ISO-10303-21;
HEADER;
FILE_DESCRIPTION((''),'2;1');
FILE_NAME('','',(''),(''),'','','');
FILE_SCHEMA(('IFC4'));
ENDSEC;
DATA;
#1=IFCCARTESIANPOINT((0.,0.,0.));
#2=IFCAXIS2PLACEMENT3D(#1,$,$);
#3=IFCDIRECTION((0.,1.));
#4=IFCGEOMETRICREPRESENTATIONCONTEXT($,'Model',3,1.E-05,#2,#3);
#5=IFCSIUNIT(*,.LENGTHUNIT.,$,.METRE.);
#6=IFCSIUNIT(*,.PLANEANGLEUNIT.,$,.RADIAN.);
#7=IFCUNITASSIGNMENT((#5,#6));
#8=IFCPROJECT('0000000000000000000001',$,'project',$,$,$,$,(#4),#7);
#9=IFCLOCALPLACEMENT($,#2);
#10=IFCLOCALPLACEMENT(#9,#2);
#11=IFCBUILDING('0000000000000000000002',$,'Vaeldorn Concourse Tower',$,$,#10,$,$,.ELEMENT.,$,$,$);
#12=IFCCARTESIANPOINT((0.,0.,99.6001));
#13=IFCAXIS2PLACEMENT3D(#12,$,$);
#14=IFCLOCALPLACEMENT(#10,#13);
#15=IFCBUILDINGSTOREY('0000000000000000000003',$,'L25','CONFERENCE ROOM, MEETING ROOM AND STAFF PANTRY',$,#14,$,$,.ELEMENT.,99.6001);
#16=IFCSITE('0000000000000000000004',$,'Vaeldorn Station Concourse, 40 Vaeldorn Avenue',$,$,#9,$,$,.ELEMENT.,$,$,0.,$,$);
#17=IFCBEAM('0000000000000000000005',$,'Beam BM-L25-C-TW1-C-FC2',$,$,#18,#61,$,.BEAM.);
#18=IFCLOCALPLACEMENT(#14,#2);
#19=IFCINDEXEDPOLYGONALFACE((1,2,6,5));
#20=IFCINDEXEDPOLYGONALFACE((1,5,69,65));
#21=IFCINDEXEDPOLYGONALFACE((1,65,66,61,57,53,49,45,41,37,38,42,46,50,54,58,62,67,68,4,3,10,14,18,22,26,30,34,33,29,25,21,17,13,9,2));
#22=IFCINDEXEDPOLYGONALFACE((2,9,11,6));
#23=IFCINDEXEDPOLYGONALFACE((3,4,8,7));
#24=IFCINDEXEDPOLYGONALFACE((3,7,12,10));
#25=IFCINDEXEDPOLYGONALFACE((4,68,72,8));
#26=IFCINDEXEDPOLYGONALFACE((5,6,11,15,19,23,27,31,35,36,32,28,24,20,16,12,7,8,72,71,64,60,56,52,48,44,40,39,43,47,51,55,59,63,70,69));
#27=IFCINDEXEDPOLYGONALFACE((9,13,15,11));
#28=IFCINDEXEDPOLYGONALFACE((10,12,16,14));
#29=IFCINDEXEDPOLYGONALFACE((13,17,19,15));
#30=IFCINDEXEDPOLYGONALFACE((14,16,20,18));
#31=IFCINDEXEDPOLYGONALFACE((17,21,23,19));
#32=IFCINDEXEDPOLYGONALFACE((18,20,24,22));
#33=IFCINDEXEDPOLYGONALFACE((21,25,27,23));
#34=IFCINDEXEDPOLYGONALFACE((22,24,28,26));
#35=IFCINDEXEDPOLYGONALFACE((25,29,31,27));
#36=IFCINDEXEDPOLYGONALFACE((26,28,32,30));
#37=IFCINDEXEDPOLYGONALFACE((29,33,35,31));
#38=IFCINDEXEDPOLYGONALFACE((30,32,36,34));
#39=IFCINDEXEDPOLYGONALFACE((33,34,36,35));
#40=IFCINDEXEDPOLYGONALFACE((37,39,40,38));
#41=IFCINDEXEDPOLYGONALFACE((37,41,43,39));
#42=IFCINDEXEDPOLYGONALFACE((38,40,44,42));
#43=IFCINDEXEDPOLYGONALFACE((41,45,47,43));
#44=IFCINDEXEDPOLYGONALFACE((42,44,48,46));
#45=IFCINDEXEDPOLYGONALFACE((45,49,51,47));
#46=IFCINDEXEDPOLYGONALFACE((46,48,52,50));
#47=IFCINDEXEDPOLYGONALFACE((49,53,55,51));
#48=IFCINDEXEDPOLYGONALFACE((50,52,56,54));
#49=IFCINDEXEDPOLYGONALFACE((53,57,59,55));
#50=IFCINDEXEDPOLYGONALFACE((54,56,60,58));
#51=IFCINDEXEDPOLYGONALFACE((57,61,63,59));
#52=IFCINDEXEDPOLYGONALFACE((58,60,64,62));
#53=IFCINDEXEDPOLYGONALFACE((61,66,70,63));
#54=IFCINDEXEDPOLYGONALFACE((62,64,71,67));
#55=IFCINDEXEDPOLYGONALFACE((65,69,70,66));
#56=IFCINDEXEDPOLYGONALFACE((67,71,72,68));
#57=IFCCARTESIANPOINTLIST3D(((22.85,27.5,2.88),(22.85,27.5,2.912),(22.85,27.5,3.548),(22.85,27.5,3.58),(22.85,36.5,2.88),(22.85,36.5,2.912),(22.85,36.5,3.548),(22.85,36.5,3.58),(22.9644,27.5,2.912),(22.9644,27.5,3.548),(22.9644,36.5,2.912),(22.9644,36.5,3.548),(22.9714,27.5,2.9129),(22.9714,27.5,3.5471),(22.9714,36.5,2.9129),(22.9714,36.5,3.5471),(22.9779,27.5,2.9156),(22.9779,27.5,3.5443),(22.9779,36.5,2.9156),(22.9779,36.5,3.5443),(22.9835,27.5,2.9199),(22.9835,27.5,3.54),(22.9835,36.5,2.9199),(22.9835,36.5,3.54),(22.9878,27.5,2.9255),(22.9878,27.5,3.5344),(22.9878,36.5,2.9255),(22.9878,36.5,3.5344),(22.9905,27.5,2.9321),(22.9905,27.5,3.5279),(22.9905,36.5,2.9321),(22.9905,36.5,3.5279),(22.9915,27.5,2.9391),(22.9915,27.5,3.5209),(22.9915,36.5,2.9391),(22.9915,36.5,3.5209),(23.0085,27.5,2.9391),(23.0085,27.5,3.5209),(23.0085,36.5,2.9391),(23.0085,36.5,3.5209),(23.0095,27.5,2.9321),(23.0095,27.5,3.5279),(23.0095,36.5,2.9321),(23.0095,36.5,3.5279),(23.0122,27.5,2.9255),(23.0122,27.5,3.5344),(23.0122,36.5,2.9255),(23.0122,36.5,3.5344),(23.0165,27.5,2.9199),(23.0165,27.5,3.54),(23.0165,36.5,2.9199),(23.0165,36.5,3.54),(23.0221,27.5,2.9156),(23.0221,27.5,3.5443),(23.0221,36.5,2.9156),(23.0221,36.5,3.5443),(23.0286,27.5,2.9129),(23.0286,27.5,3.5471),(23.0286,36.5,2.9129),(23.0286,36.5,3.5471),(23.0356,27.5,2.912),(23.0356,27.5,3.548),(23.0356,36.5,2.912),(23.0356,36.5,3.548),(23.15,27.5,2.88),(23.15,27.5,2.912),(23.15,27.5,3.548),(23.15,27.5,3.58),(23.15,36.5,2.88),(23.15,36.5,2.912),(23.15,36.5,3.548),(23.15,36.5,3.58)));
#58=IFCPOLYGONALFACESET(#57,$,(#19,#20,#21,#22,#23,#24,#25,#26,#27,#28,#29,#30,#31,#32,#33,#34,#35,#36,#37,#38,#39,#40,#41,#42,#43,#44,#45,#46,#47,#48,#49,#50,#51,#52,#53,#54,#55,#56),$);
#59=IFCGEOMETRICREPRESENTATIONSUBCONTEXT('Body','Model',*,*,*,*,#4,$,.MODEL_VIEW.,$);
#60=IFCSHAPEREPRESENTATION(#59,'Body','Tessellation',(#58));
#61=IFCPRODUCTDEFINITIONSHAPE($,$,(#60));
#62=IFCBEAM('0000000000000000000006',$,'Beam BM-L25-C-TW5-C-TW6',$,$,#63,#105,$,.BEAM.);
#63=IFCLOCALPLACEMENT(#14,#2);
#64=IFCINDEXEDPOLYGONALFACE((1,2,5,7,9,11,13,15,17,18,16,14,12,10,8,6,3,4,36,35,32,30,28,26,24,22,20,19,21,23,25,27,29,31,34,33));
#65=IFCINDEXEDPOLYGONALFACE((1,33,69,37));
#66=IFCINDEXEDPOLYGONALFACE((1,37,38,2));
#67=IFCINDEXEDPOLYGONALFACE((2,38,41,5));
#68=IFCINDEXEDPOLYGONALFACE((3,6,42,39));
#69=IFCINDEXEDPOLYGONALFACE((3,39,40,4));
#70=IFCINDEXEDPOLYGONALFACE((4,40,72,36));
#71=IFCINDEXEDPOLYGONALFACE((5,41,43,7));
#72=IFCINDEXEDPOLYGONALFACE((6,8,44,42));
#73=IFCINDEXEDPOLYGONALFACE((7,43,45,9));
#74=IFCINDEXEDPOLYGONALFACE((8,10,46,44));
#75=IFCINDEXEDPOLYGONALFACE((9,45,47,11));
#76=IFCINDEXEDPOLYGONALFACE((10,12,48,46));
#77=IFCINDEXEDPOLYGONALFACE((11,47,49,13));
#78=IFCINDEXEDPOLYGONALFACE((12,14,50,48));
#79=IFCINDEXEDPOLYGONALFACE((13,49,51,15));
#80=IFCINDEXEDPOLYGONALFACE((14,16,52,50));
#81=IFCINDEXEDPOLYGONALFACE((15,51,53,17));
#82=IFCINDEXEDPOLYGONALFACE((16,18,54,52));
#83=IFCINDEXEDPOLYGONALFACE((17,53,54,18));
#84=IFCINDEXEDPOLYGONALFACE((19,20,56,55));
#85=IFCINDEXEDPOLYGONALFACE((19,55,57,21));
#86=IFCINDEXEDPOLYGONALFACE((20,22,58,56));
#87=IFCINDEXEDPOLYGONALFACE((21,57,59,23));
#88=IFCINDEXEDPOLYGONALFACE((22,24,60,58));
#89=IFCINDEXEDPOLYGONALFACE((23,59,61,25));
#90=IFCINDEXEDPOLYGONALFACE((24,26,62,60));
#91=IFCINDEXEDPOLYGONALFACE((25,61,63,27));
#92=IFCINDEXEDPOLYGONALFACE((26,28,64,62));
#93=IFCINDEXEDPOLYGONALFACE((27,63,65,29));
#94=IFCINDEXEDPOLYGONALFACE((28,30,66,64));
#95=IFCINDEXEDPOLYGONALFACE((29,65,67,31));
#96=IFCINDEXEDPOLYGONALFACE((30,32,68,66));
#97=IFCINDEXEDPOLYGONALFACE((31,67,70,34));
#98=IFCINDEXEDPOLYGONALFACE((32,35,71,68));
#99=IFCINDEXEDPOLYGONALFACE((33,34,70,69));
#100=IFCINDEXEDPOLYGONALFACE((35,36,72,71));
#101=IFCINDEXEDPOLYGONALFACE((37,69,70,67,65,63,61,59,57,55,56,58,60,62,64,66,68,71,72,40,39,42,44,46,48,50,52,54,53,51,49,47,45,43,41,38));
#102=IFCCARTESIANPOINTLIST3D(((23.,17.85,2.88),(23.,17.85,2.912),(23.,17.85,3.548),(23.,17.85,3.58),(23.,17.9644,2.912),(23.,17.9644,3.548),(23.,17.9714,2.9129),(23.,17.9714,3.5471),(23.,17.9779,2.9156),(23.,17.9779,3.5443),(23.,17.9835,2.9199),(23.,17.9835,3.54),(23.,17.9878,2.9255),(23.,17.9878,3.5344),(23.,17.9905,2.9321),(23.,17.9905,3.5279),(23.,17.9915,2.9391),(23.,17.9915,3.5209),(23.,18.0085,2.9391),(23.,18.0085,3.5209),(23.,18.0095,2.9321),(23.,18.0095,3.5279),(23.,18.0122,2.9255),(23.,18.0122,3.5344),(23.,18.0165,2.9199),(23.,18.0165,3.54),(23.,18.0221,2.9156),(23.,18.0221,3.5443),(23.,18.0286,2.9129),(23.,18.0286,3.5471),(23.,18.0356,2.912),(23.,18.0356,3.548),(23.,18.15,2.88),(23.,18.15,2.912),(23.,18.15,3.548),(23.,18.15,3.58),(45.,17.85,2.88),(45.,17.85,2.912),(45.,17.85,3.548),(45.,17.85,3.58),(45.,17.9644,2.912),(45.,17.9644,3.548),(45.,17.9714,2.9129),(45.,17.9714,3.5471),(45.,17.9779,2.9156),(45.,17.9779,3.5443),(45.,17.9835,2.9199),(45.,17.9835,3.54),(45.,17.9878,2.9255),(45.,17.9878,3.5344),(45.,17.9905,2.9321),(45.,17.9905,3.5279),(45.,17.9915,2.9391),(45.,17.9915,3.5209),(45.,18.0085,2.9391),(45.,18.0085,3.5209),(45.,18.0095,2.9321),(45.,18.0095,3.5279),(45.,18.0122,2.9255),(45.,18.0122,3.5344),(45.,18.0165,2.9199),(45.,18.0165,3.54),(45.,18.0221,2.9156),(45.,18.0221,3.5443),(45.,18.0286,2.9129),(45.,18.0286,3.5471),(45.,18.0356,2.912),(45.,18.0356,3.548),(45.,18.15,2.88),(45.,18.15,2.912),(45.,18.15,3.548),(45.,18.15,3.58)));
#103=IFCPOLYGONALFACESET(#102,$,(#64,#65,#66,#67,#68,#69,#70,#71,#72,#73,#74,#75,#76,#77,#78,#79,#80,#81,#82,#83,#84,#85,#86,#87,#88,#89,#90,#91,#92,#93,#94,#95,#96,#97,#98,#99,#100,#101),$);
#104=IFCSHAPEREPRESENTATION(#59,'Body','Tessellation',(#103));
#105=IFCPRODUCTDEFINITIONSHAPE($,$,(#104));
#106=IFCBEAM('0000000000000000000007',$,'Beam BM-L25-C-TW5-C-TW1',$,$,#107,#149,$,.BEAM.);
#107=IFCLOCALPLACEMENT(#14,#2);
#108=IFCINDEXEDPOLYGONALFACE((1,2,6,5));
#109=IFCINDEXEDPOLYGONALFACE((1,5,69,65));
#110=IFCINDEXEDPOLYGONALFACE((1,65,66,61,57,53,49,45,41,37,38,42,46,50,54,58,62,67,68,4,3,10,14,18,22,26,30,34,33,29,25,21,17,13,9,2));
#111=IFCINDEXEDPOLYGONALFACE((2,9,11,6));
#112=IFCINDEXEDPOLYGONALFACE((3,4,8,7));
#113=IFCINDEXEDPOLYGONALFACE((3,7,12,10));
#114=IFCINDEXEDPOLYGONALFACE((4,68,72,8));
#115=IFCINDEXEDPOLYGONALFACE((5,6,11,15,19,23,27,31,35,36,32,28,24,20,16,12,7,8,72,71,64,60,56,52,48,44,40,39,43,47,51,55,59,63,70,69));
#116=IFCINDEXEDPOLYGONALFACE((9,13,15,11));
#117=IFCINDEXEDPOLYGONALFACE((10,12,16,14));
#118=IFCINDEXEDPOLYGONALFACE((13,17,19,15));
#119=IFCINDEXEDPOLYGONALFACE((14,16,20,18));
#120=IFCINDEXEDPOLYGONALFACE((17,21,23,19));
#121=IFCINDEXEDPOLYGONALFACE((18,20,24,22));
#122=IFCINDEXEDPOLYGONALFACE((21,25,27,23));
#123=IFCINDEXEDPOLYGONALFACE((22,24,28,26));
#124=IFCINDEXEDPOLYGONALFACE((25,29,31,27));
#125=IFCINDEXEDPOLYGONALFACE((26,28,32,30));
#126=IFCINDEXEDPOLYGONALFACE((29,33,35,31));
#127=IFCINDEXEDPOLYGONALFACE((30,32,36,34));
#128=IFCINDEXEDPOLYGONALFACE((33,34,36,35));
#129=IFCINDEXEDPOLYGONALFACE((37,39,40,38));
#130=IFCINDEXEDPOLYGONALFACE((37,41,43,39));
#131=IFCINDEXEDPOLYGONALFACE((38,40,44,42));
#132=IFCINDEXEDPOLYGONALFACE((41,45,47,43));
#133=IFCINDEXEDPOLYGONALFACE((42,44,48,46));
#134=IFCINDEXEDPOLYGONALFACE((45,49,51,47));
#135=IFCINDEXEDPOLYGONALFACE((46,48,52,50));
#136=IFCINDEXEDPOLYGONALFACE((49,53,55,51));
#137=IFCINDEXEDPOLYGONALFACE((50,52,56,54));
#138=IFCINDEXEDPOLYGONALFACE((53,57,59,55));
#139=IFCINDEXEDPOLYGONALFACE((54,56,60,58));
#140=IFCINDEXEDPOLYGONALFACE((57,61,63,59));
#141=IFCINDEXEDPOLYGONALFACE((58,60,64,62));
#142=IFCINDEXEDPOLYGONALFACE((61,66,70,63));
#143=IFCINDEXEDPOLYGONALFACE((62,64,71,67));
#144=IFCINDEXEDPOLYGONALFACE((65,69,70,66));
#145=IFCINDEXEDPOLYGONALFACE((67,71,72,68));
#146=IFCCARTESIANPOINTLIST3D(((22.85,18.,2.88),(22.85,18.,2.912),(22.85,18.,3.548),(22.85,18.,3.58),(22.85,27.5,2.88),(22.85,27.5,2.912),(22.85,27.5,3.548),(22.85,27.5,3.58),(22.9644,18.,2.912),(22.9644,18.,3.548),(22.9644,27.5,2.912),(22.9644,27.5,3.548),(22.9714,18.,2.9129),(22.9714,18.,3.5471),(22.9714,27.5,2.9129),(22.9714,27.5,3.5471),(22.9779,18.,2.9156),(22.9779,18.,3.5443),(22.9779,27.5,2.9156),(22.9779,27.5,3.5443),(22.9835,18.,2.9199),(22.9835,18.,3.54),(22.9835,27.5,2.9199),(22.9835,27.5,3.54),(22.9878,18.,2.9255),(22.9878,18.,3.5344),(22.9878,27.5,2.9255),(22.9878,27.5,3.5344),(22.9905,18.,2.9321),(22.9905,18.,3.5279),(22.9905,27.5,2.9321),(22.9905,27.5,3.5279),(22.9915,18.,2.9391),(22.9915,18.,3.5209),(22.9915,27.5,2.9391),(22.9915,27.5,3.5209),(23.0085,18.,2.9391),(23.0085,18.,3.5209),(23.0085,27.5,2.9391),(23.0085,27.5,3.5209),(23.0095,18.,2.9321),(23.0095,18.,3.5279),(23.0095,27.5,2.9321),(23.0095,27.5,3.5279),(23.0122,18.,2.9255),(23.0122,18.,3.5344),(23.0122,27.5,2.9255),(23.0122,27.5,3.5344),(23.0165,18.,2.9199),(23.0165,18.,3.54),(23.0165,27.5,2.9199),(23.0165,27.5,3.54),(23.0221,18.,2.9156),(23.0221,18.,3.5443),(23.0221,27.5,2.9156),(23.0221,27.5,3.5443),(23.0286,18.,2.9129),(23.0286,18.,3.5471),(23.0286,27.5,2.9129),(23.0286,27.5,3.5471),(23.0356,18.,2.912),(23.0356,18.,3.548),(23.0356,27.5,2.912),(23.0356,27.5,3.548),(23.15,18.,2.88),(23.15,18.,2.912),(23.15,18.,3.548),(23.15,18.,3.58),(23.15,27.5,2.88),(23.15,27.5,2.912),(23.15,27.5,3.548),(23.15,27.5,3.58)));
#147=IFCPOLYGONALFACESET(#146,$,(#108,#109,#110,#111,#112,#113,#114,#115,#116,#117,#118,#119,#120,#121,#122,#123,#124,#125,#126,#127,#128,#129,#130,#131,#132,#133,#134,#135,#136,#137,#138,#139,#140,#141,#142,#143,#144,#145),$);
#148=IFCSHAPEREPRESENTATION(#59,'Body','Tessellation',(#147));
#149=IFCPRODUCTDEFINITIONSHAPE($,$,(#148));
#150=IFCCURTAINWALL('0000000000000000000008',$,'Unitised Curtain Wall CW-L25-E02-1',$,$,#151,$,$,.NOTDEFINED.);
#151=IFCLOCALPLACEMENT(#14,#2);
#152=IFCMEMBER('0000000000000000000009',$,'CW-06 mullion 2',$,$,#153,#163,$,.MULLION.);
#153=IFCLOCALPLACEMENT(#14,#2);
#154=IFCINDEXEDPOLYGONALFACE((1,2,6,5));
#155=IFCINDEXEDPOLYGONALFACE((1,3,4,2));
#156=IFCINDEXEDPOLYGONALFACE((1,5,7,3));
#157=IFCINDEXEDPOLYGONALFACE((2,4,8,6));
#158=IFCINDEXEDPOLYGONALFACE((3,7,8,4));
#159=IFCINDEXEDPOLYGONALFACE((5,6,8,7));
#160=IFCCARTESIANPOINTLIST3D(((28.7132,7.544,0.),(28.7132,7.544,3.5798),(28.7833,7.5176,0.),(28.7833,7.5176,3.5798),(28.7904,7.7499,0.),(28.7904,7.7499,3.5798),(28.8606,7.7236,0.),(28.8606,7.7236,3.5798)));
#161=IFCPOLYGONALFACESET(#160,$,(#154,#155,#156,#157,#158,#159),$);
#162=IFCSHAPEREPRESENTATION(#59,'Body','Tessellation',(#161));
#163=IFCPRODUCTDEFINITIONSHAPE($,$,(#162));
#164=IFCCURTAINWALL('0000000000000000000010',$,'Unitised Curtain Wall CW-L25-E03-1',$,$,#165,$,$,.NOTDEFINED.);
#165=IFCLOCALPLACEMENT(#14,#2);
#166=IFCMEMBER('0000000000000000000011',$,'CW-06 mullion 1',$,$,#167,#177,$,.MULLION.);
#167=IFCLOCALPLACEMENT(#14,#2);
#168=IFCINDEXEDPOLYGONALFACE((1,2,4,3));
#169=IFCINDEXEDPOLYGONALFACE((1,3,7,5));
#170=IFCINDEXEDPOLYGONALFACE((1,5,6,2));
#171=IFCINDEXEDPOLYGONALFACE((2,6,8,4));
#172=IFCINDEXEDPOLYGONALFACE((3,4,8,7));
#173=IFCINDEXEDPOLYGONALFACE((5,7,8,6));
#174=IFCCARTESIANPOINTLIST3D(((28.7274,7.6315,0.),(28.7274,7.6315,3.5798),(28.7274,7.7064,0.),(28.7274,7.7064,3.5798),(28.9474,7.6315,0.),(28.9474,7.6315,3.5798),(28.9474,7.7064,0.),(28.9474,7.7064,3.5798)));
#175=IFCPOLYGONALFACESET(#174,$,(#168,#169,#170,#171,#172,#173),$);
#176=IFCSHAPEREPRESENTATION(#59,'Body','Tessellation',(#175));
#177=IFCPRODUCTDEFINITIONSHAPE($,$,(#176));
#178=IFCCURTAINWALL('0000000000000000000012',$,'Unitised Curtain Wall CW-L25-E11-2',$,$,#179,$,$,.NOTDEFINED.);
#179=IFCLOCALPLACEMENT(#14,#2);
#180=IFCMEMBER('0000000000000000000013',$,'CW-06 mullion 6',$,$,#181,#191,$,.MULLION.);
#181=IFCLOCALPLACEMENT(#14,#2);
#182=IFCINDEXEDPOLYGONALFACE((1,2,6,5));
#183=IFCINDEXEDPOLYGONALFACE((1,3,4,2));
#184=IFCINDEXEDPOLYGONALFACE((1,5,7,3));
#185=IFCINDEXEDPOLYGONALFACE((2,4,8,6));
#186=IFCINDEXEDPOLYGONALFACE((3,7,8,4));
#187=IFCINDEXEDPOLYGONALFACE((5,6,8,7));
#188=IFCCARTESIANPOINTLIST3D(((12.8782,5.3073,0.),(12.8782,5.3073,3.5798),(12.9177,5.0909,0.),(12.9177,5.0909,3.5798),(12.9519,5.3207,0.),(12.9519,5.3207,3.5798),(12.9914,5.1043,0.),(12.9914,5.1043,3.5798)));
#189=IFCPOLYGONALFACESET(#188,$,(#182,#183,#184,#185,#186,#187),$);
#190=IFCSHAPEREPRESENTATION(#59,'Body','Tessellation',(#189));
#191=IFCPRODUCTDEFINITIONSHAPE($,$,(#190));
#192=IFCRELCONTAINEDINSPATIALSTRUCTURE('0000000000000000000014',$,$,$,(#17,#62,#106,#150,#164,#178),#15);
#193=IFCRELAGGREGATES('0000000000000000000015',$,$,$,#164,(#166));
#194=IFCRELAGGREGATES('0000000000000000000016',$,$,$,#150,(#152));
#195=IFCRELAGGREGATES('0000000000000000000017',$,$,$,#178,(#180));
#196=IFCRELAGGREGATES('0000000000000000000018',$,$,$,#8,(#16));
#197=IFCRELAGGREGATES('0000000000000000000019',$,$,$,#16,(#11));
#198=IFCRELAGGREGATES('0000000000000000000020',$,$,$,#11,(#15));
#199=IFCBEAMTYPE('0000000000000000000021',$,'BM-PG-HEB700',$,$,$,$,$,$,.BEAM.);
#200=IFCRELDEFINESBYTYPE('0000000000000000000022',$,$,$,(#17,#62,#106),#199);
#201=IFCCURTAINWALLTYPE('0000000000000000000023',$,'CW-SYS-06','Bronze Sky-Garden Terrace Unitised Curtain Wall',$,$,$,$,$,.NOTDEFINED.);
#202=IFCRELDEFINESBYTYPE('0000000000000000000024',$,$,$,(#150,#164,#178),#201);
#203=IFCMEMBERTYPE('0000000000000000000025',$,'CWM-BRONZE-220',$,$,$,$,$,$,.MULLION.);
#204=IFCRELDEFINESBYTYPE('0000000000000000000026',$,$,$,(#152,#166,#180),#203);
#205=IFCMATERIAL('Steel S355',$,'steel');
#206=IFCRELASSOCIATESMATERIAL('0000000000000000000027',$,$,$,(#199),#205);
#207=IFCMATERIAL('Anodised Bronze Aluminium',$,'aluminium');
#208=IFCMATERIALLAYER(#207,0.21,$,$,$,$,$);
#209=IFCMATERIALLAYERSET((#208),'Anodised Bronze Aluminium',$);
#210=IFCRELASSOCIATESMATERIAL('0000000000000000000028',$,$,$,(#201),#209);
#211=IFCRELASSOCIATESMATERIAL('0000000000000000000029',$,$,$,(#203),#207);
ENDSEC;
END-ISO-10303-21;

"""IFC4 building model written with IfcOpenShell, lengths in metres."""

from ifc_helpers import new_model, si_unit, direction, frame, origin, origin_2d, place, context, subcontext, project, spatial, rectangle, i_section, extrude, source, transform, mapped, material, layer, layer_set, material_profile, profile_set, type_object, element, aggregate, save


model = new_model("IFC4")

# Units and contexts
model_context = context("Model", 3, precision=1e-05, world=origin(), true_north=direction((0.0, 1.0)))
body_context = subcontext(model_context, "Body", "Model", "MODEL_VIEW")
ifc_project = project(units=[si_unit("LENGTHUNIT", "METRE"), si_unit("PLANEANGLEUNIT", "RADIAN")], contexts=[model_context])

# Site, building, storey
site_placement = place(None, origin())
site = spatial("IfcSite", under=ifc_project, at=site_placement, Name="Vaeldorn Station Concourse, 40 Vaeldorn Avenue", CompositionType="ELEMENT", RefElevation=0.0)
building_placement = place(site_placement, origin())
building = spatial("IfcBuilding", under=site, at=building_placement, Name="Vaeldorn Concourse Tower", CompositionType="ELEMENT")
storey_placement = place(building_placement, frame((0.0, 0.0, 99.6001)))
storey = spatial("IfcBuildingStorey", under=building, at=storey_placement, Name="L25", Description="CONFERENCE ROOM, MEETING ROOM AND STAFF PANTRY", CompositionType="ELEMENT", Elevation=99.6001)

# Beams
ifc_material_1 = material(Name="Steel S355", Category="steel")
ifc_material_profile_1 = material_profile(ifc_material_1, i_section(OverallWidth=0.3, OverallDepth=0.7, WebThickness=0.0171, FlangeThickness=0.032, FilletRadius=0.0271, at=origin_2d()), Name="HEB 700")
ifc_profile_set_1 = profile_set([ifc_material_profile_1], Name="Steel S355")
beam_type_1 = type_object("IfcBeamType", Name="BM-PG-HEB700", PredefinedType="BEAM", material=ifc_profile_set_1)
shared_shape_1 = source(origin(), body_context, "Body", "SweptSolid", [
    extrude(i_section(OverallWidth=0.3, OverallDepth=0.7, WebThickness=0.0171, FlangeThickness=0.032, FilletRadius=0.0271, at=origin_2d()), origin(), (0.0, 0.0, 1.0), 9.0),
])
beam_1_placement = place(storey_placement, frame((23.0, 27.5, 3.23), z_axis=(0.0, 1.0, 0.0), x_axis=(-1.0, 0.0, 0.0)))
element("IfcBeam", 1, at=beam_1_placement, inside=storey, type_object=beam_type_1, Name="Beam BM-L25-C-TW1-C-FC2", PredefinedType="BEAM", context=body_context, shape_type="MappedRepresentation", body=[
    mapped(shared_shape_1, transform((0.0, 0.0, 0.0), scale=1.0)),
])
shared_shape_2 = source(origin(), body_context, "Body", "SweptSolid", [
    extrude(i_section(OverallWidth=0.3, OverallDepth=0.7, WebThickness=0.0171, FlangeThickness=0.032, FilletRadius=0.0271, at=origin_2d()), origin(), (0.0, 0.0, 1.0), 22.0),
])
beam_2_placement = place(storey_placement, frame((23.0, 18.0, 3.23), z_axis=(1.0, 0.0, 0.0), x_axis=(0.0, 1.0, 0.0)))
element("IfcBeam", 2, at=beam_2_placement, inside=storey, type_object=beam_type_1, Name="Beam BM-L25-C-TW5-C-TW6", PredefinedType="BEAM", context=body_context, shape_type="MappedRepresentation", body=[
    mapped(shared_shape_2, transform((0.0, 0.0, 0.0), scale=1.0)),
])
shared_shape_3 = source(origin(), body_context, "Body", "SweptSolid", [
    extrude(i_section(OverallWidth=0.3, OverallDepth=0.7, WebThickness=0.0171, FlangeThickness=0.032, FilletRadius=0.0271, at=origin_2d()), origin(), (0.0, 0.0, 1.0), 9.5),
])
beam_3_placement = place(storey_placement, frame((23.0, 18.0, 3.23), z_axis=(0.0, 1.0, 0.0), x_axis=(-1.0, 0.0, 0.0)))
element("IfcBeam", 3, at=beam_3_placement, inside=storey, type_object=beam_type_1, Name="Beam BM-L25-C-TW5-C-TW1", PredefinedType="BEAM", context=body_context, shape_type="MappedRepresentation", body=[
    mapped(shared_shape_3, transform((0.0, 0.0, 0.0), scale=1.0)),
])

# Curtain walls, members
ifc_material_2 = material(Name="Anodised Bronze Aluminium", Category="aluminium")
ifc_layer_1 = layer(ifc_material_2, 0.21)
ifc_layer_set_1 = layer_set([ifc_layer_1], Name="Anodised Bronze Aluminium")
curtain_wall_type = type_object("IfcCurtainWallType", Name="CW-SYS-06", Description="Bronze Sky-Garden Terrace Unitised Curtain Wall", PredefinedType="NOTDEFINED", material=ifc_layer_set_1)
curtain_wall_1_placement = place(storey_placement, origin())
curtain_wall_1 = element("IfcCurtainWall", 4, at=curtain_wall_1_placement, inside=storey, type_object=curtain_wall_type, Name="Unitised Curtain Wall CW-L25-E02-1", PredefinedType="NOTDEFINED")
ifc_material_profile_2 = material_profile(ifc_material_2, rectangle(XDim=0.075, YDim=0.22, at=origin_2d()), Name="CWM 75x220")
ifc_profile_set_2 = profile_set([ifc_material_profile_2], Name="Anodised Bronze Aluminium")
member_type_1 = type_object("IfcMemberType", Name="CWM-BRONZE-220", PredefinedType="MULLION", material=ifc_profile_set_2)
shared_shape_4 = source(origin(), body_context, "Body", "SweptSolid", [
    extrude(rectangle(XDim=0.075, YDim=0.22, at=origin_2d()), origin(), (0.0, 0.0, 1.0), 3.5798),
])
member_1_placement = place(storey_placement, frame((28.7869, 7.6338, 0.0), z_axis=(0.0, 0.0, 1.0), x_axis=(-0.936329, 0.351123, 0.0)))
member_1 = element("IfcMember", 5, at=member_1_placement, type_object=member_type_1, Name="CW-06 mullion 2", PredefinedType="MULLION", context=body_context, shape_type="MappedRepresentation", body=[
    mapped(shared_shape_4, transform((0.0, 0.0, 0.0), scale=1.0)),
])
curtain_wall_2_placement = place(storey_placement, origin())
curtain_wall_2 = element("IfcCurtainWall", 6, at=curtain_wall_2_placement, inside=storey, type_object=curtain_wall_type, Name="Unitised Curtain Wall CW-L25-E03-1", PredefinedType="NOTDEFINED")
member_2_placement = place(storey_placement, frame((28.8374, 7.6689, 0.0), z_axis=(0.0, 0.0, 1.0), x_axis=(0.0, 1.0, 0.0)))
member_2 = element("IfcMember", 7, at=member_2_placement, type_object=member_type_1, Name="CW-06 mullion 1", PredefinedType="MULLION", context=body_context, shape_type="MappedRepresentation", body=[
    mapped(shared_shape_4, transform((0.0, 0.0, 0.0), scale=1.0)),
])
curtain_wall_3_placement = place(storey_placement, origin())
curtain_wall_3 = element("IfcCurtainWall", 8, at=curtain_wall_3_placement, inside=storey, type_object=curtain_wall_type, Name="Unitised Curtain Wall CW-L25-E11-2", PredefinedType="NOTDEFINED")
member_3_placement = place(storey_placement, frame((12.9348, 5.2058, 0.0), z_axis=(0.0, 0.0, 1.0), x_axis=(0.983763, 0.179473, 0.0)))
member_3 = element("IfcMember", 9, at=member_3_placement, type_object=member_type_1, Name="CW-06 mullion 6", PredefinedType="MULLION", context=body_context, shape_type="MappedRepresentation", body=[
    mapped(shared_shape_4, transform((0.0, 0.0, 0.0), scale=1.0)),
])

aggregate(curtain_wall_2, [member_2])

aggregate(curtain_wall_1, [member_1])
aggregate(curtain_wall_3, [member_3])

save(model, "model.ifc")
